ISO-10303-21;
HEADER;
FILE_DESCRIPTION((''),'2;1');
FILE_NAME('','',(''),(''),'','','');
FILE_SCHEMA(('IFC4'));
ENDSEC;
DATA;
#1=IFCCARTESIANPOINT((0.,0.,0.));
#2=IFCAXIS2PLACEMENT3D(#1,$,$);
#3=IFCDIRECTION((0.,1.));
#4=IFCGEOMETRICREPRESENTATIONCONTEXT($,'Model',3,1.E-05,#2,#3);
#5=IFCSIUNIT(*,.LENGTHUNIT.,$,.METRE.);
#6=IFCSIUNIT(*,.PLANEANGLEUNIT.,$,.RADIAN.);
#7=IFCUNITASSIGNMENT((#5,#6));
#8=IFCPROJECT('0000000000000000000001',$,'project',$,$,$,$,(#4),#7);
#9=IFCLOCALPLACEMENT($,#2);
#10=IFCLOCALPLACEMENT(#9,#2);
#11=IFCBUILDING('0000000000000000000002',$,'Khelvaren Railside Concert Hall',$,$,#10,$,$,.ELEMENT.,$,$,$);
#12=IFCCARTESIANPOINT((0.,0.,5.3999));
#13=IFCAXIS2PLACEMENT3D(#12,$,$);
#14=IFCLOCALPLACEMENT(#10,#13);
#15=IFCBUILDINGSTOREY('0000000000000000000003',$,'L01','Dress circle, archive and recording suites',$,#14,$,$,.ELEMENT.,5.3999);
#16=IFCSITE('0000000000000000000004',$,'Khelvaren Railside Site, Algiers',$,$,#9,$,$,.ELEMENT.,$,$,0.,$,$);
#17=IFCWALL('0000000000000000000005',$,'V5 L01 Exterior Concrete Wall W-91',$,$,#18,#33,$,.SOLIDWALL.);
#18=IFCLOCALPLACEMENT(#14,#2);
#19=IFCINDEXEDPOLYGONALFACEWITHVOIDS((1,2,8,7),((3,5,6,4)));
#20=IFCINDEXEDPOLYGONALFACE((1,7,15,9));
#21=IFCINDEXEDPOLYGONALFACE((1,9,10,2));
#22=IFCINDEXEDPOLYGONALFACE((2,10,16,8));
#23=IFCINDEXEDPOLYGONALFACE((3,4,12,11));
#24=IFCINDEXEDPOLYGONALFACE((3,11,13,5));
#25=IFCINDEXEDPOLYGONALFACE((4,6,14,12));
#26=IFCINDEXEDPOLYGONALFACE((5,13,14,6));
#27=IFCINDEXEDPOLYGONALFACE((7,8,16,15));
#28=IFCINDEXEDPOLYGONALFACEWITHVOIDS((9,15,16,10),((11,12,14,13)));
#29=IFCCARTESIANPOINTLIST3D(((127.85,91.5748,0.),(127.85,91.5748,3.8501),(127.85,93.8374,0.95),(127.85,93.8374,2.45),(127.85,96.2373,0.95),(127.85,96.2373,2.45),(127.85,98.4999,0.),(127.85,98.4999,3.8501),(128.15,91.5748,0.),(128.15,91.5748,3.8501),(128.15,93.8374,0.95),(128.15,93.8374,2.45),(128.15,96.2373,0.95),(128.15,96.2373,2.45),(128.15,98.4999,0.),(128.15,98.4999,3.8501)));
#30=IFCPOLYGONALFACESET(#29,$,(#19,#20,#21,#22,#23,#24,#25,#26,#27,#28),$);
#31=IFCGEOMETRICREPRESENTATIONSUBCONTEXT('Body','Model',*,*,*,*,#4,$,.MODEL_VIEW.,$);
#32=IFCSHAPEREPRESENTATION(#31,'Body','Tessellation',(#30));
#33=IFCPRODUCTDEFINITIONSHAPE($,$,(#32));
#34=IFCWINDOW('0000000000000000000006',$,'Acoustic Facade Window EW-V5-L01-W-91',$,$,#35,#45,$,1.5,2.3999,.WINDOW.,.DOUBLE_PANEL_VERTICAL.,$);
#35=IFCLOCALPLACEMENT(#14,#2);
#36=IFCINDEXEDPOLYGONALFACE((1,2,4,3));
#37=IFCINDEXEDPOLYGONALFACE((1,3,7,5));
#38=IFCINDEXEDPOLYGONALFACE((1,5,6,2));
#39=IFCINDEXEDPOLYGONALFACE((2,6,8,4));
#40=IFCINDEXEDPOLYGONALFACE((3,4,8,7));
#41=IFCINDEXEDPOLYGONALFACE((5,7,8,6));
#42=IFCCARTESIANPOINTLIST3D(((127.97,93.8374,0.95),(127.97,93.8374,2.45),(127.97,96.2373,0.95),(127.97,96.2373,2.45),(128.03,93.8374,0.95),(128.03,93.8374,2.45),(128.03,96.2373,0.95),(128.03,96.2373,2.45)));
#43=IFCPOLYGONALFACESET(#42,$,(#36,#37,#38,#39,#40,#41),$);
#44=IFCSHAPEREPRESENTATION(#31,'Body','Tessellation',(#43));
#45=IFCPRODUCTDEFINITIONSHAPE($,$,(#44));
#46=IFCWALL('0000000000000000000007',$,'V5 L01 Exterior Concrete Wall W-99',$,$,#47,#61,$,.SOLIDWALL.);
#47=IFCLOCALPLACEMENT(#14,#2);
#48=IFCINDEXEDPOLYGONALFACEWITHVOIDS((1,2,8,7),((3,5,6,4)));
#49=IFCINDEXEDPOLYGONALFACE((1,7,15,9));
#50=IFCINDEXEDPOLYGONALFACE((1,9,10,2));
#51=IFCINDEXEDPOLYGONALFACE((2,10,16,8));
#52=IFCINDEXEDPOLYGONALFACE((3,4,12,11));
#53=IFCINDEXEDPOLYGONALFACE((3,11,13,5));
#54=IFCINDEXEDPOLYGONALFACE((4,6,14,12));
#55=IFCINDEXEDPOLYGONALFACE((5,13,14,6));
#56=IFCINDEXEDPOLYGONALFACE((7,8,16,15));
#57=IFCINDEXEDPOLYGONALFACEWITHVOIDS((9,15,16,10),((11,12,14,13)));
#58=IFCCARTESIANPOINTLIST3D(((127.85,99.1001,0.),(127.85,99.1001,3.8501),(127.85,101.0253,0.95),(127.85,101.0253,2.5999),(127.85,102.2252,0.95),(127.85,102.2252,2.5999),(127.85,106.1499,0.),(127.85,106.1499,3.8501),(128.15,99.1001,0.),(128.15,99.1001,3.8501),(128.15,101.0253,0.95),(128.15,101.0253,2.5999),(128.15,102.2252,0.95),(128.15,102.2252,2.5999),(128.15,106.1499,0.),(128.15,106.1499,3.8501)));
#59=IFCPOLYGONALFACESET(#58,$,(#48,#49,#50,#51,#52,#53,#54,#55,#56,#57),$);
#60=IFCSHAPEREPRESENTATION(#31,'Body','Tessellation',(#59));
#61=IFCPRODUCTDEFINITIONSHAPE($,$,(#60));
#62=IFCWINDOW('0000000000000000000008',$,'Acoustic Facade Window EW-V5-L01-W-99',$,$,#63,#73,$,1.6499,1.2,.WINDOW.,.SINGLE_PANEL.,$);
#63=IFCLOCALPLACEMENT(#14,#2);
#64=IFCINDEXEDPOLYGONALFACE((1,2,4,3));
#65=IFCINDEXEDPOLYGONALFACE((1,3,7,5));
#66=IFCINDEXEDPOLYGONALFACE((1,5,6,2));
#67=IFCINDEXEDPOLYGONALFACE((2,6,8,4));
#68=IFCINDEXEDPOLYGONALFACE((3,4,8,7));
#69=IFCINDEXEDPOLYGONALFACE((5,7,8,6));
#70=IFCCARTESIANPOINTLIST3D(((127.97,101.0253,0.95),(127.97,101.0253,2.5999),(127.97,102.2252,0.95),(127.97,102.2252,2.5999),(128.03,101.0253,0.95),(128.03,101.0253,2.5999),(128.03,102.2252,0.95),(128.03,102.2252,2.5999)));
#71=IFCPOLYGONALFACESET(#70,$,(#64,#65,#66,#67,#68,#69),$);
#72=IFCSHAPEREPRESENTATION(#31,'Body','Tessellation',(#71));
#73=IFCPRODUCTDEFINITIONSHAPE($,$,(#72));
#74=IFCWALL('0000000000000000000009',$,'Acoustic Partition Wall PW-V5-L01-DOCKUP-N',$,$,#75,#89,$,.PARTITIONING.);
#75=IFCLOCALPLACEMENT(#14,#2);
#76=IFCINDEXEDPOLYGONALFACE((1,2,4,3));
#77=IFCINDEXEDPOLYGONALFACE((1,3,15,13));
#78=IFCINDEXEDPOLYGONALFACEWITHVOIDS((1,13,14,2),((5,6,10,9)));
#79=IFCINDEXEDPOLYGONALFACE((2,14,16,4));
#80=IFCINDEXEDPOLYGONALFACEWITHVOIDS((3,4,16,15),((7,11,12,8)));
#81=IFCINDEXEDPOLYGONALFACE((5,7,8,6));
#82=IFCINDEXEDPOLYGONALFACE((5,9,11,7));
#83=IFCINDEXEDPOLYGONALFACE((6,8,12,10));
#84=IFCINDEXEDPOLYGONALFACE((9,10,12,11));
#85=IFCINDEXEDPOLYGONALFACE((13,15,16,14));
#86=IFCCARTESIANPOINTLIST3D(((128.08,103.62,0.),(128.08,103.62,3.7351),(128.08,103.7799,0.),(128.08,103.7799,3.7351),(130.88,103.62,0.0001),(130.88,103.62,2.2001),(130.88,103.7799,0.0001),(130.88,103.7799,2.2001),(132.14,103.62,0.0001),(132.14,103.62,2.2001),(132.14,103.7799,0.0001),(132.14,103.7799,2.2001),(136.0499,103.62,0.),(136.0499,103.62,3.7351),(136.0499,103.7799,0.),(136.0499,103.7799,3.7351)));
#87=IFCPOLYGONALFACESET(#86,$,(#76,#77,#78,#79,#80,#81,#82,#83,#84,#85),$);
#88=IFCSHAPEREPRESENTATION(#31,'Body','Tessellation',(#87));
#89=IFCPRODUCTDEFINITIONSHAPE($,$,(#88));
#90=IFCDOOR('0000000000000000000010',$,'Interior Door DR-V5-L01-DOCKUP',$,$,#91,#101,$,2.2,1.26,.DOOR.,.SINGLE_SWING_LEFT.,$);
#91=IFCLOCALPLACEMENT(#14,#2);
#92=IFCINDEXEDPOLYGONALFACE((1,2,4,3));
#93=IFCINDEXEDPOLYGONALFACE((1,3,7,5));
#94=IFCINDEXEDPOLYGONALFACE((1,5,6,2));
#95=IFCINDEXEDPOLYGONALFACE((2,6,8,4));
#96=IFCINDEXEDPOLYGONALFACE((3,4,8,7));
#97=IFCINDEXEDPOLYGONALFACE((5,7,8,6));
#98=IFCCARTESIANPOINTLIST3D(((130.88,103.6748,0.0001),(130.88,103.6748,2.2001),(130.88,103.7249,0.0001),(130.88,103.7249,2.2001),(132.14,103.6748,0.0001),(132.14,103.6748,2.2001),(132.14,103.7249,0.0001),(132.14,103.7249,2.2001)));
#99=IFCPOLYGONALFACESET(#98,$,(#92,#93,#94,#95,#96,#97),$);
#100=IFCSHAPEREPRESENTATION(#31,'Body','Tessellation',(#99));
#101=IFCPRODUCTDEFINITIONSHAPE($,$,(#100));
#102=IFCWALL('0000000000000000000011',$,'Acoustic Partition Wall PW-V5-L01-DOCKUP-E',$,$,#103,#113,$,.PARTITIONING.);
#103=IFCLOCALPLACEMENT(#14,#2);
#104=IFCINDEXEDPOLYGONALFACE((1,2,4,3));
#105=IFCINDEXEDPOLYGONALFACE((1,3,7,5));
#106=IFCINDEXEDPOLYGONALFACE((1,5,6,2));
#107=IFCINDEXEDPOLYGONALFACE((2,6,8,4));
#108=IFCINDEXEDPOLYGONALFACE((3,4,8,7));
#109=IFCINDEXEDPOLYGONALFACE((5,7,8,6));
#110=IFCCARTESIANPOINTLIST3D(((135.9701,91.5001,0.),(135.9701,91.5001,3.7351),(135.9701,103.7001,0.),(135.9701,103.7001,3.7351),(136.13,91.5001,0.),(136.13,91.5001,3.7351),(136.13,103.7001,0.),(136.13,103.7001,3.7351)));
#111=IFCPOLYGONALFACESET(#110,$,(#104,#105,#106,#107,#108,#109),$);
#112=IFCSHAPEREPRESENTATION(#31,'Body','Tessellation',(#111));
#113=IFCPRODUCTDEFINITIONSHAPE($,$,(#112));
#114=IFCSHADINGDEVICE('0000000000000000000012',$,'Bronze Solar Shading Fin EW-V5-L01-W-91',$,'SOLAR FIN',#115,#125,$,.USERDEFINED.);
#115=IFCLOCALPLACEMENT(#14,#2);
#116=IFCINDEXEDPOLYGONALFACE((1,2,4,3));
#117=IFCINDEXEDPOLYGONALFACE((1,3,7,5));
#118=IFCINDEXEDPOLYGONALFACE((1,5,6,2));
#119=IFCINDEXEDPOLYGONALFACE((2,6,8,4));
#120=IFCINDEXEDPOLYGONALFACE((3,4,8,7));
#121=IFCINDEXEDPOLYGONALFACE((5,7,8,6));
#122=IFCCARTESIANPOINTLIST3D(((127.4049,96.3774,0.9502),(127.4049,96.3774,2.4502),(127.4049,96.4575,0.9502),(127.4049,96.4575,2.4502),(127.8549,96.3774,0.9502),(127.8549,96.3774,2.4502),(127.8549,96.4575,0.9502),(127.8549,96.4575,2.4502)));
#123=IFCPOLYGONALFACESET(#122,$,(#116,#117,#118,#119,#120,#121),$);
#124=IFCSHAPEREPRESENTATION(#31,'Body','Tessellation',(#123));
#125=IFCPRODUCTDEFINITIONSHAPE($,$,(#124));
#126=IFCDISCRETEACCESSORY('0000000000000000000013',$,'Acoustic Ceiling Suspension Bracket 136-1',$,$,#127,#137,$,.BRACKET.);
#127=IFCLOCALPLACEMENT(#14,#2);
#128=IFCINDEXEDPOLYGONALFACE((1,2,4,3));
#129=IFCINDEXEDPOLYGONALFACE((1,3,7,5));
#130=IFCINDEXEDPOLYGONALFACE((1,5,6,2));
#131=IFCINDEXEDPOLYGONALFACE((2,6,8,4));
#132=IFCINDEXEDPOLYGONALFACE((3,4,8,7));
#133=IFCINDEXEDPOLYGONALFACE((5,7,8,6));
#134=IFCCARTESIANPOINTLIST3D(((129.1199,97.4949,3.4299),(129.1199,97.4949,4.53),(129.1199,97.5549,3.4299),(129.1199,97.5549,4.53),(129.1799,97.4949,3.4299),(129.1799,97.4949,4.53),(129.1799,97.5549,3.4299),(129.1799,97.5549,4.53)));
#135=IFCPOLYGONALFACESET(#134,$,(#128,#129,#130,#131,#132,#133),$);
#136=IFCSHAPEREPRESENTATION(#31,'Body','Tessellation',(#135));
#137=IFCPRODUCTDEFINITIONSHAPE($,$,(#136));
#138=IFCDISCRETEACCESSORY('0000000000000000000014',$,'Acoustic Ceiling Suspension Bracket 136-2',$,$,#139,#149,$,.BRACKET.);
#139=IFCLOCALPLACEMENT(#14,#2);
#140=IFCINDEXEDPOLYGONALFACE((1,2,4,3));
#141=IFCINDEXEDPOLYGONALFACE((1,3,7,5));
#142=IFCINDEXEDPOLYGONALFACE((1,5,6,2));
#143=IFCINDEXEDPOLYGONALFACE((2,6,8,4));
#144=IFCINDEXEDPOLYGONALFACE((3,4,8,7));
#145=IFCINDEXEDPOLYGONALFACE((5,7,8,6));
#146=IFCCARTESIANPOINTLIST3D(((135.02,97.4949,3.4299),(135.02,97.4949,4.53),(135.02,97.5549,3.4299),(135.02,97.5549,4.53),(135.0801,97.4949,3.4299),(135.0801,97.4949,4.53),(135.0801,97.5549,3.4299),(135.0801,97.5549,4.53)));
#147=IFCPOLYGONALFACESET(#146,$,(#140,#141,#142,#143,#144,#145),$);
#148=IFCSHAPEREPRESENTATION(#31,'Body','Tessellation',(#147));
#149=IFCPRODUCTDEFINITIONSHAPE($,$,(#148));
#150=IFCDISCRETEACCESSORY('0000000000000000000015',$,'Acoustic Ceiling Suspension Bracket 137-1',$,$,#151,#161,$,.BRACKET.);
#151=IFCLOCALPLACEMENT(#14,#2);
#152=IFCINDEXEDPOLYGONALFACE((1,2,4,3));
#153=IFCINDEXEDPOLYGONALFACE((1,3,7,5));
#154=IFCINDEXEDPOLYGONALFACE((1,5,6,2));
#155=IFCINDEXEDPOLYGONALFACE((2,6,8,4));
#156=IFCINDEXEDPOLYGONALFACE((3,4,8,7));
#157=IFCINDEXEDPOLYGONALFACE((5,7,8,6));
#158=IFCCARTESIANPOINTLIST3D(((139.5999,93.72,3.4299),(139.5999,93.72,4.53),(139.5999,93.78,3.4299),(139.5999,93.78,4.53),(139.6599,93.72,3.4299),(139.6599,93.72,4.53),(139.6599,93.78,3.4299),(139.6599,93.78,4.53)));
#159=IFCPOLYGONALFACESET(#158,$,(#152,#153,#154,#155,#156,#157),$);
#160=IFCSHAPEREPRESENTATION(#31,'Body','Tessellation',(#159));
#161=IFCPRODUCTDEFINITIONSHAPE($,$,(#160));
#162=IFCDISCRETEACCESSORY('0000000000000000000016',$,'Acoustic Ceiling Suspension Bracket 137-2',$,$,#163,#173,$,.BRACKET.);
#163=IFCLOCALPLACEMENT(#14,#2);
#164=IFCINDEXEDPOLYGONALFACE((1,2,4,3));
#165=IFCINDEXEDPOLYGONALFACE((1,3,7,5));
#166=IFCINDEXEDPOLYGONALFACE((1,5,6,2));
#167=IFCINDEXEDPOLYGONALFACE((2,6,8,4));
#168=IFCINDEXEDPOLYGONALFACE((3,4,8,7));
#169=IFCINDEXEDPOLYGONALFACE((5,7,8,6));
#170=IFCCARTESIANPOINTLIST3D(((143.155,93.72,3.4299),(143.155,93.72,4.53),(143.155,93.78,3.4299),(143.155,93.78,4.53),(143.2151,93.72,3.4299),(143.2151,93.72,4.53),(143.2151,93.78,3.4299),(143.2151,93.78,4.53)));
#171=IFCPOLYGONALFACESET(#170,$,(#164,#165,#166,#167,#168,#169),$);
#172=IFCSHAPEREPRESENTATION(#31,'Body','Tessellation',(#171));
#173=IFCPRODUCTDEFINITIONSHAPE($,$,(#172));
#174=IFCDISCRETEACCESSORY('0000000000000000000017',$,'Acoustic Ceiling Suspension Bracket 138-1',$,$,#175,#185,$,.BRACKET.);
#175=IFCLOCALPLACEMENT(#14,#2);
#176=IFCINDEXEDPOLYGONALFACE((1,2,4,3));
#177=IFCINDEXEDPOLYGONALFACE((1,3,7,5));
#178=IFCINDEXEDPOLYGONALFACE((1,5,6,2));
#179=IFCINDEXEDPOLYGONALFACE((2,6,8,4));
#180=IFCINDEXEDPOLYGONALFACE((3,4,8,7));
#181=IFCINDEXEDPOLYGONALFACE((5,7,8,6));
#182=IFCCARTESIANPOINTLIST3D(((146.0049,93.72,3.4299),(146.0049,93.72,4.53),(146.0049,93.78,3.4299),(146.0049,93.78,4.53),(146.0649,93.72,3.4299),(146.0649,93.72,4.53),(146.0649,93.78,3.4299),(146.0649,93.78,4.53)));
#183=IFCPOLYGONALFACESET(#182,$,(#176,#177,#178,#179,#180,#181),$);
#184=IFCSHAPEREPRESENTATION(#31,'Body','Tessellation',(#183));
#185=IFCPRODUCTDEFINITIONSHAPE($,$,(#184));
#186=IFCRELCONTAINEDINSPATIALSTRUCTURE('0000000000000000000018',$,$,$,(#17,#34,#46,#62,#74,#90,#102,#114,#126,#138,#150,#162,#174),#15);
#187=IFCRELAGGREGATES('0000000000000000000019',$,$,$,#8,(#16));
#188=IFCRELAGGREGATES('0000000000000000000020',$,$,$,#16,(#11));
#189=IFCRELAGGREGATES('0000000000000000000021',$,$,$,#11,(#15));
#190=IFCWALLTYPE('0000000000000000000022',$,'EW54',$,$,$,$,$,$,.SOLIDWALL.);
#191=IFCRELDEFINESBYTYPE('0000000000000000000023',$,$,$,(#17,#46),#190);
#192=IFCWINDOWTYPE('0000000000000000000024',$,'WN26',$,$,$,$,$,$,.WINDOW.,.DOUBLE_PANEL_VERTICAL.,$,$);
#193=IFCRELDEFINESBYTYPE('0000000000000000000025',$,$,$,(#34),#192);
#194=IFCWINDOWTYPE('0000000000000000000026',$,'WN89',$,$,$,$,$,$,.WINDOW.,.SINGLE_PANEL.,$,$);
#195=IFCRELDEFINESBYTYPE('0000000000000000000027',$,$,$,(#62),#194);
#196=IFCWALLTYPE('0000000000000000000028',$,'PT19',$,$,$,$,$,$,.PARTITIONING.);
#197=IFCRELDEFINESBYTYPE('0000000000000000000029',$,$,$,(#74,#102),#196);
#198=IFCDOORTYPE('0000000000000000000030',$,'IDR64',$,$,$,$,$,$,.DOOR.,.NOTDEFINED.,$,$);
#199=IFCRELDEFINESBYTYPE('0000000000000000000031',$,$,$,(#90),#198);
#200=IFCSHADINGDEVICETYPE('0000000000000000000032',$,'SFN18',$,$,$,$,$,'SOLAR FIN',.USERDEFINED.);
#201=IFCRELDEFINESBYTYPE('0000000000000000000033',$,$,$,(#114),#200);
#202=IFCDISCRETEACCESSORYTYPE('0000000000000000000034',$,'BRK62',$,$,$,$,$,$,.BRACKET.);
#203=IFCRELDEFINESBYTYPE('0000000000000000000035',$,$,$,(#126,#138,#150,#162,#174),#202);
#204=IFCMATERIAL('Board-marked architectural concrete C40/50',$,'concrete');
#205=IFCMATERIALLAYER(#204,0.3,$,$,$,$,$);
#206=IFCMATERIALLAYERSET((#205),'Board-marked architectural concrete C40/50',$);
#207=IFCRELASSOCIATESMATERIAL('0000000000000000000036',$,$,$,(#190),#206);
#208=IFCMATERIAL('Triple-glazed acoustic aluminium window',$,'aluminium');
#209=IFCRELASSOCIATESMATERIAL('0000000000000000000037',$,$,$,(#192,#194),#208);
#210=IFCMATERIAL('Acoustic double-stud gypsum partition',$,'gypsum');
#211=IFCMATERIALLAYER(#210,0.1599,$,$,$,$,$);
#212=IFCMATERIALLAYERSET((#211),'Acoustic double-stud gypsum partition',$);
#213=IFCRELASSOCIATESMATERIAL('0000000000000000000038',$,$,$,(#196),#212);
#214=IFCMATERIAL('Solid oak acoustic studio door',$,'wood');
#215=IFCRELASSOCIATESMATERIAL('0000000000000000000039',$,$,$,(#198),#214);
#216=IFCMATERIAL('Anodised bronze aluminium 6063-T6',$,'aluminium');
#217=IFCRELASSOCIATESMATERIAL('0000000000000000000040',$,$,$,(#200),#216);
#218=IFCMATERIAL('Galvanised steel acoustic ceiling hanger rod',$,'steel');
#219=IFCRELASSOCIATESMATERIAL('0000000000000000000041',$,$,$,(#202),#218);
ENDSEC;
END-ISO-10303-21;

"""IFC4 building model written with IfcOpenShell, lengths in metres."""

from ifc_helpers import new_model, si_unit, direction, frame, frame_2d, origin, origin_2d, place, context, subcontext, project, spatial, rectangle, extrude, material, layer, layer_set, type_object, element, fill, save


model = new_model("IFC4")

# Units and contexts
model_context = context("Model", 3, precision=1e-05, world=origin(), true_north=direction((0.0, 1.0)))
body_context = subcontext(model_context, "Body", "Model", "MODEL_VIEW")
ifc_project = project(units=[si_unit("LENGTHUNIT", "METRE"), si_unit("PLANEANGLEUNIT", "RADIAN")], contexts=[model_context])

# Site, building, storey
site_placement = place(None, origin())
site = spatial("IfcSite", under=ifc_project, at=site_placement, Name="Khelvaren Railside Site, Algiers", CompositionType="ELEMENT", RefElevation=0.0)
building_placement = place(site_placement, origin())
building = spatial("IfcBuilding", under=site, at=building_placement, Name="Khelvaren Railside Concert Hall", CompositionType="ELEMENT")
storey_placement = place(building_placement, frame((0.0, 0.0, 5.3999)))
storey = spatial("IfcBuildingStorey", under=building, at=storey_placement, Name="L01", Description="Dress circle, archive and recording suites", CompositionType="ELEMENT", Elevation=5.3999)

# Walls, openings, windows
ifc_material_1 = material(Name="Board-marked architectural concrete C40/50", Category="concrete")
ifc_layer_1 = layer(ifc_material_1, 0.3)
ifc_layer_set_1 = layer_set([ifc_layer_1], Name="Board-marked architectural concrete C40/50")
wall_type_1 = type_object("IfcWallType", Name="EW54", PredefinedType="SOLIDWALL", material=ifc_layer_set_1)
wall_1_placement = place(storey_placement, frame((128.0, 91.575, 0.0), z_axis=(0.0, 0.0, 1.0), x_axis=(0.0, 1.0, 0.0)))
wall_1 = element("IfcWall", 1, at=wall_1_placement, inside=storey, type_object=wall_type_1, Name="V5 L01 Exterior Concrete Wall W-91", PredefinedType="SOLIDWALL", context=body_context, shape_type="SweptSolid", body=[
    extrude(rectangle(XDim=6.925, YDim=0.3, at=frame_2d((3.4624, 0.0))), origin(), (0.0, 0.0, 1.0), 3.8501),
])
opening_1_placement = place(wall_1_placement, frame((2.2625, 0.0, 0.95)))
opening_1 = element("IfcOpeningElement", 2, at=opening_1_placement, cuts=wall_1, PredefinedType="OPENING", context=body_context, shape_type="SweptSolid", body=[
    extrude(rectangle(XDim=2.3999, YDim=1.5, at=frame_2d((1.2, 0.75))), frame((0.0, 0.1599, 0.0), z_axis=(0.0, -1.0, 0.0), x_axis=(1.0, 0.0, 0.0)), (0.0, 0.0, 1.0), 0.3201),
])
ifc_material_2 = material(Name="Triple-glazed acoustic aluminium window", Category="aluminium")
window_type_1 = type_object("IfcWindowType", Name="WN26", PartitioningType="DOUBLE_PANEL_VERTICAL", PredefinedType="WINDOW", material=ifc_material_2)
window_1_placement = place(opening_1_placement, origin())
window_1 = element("IfcWindow", 3, at=window_1_placement, inside=storey, type_object=window_type_1, Name="Acoustic Facade Window EW-V5-L01-W-91", OverallHeight=1.5, OverallWidth=2.3999, PartitioningType="DOUBLE_PANEL_VERTICAL", PredefinedType="WINDOW", context=body_context, shape_type="SweptSolid", body=[
    extrude(rectangle(XDim=2.3999, YDim=1.5, at=frame_2d((1.2, 0.75))), frame((0.0, 0.03, 0.0), z_axis=(0.0, -1.0, 0.0), x_axis=(1.0, 0.0, 0.0)), (0.0, 0.0, 1.0), 0.0601),
])
fill(opening_1, window_1)
wall_2_placement = place(storey_placement, frame((128.0, 99.1001, 0.0), z_axis=(0.0, 0.0, 1.0), x_axis=(0.0, 1.0, 0.0)))
wall_2 = element("IfcWall", 4, at=wall_2_placement, inside=storey, type_object=wall_type_1, Name="V5 L01 Exterior Concrete Wall W-99", PredefinedType="SOLIDWALL", context=body_context, shape_type="SweptSolid", body=[
    extrude(rectangle(XDim=7.0498, YDim=0.3, at=frame_2d((3.5249, 0.0))), origin(), (0.0, 0.0, 1.0), 3.8501),
])
opening_2_placement = place(wall_2_placement, frame((1.925, 0.0, 0.95)))
opening_2 = element("IfcOpeningElement", 5, at=opening_2_placement, cuts=wall_2, PredefinedType="OPENING", context=body_context, shape_type="SweptSolid", body=[
    extrude(rectangle(XDim=1.2, YDim=1.6499, at=frame_2d((0.6001, 0.825))), frame((0.0, 0.1599, 0.0), z_axis=(0.0, -1.0, 0.0), x_axis=(1.0, 0.0, 0.0)), (0.0, 0.0, 1.0), 0.3201),
])
window_type_2 = type_object("IfcWindowType", Name="WN89", PartitioningType="SINGLE_PANEL", PredefinedType="WINDOW", material=ifc_material_2)
window_2_placement = place(opening_2_placement, origin())
window_2 = element("IfcWindow", 6, at=window_2_placement, inside=storey, type_object=window_type_2, Name="Acoustic Facade Window EW-V5-L01-W-99", OverallHeight=1.6499, OverallWidth=1.2, PartitioningType="SINGLE_PANEL", PredefinedType="WINDOW", context=body_context, shape_type="SweptSolid", body=[
    extrude(rectangle(XDim=1.2, YDim=1.6499, at=frame_2d((0.6001, 0.825))), frame((0.0, 0.03, 0.0), z_axis=(0.0, -1.0, 0.0), x_axis=(1.0, 0.0, 0.0)), (0.0, 0.0, 1.0), 0.0601),
])
fill(opening_2, window_2)

# Wall, opening, door
ifc_material_3 = material(Name="Acoustic double-stud gypsum partition", Category="gypsum")
ifc_layer_2 = layer(ifc_material_3, 0.1599)
ifc_layer_set_2 = layer_set([ifc_layer_2], Name="Acoustic double-stud gypsum partition")
wall_type_2 = type_object("IfcWallType", Name="PT19", PredefinedType="PARTITIONING", material=ifc_layer_set_2)
wall_3_placement = place(storey_placement, frame((128.0801, 103.7, 0.0), z_axis=(0.0, 0.0, 1.0), x_axis=(1.0, 0.0, 0.0)))
wall_3 = element("IfcWall", 7, at=wall_3_placement, inside=storey, type_object=wall_type_2, Name="Acoustic Partition Wall PW-V5-L01-DOCKUP-N", PredefinedType="PARTITIONING", context=body_context, shape_type="SweptSolid", body=[
    extrude(rectangle(XDim=7.97, YDim=0.1599, at=frame_2d((3.9849, 0.0))), origin(), (0.0, 0.0, 1.0), 3.7351),
])
opening_3_placement = place(wall_3_placement, frame((2.8, 0.0, 0.0)))
opening_3 = element("IfcOpeningElement", 8, at=opening_3_placement, cuts=wall_3, PredefinedType="OPENING", context=body_context, shape_type="SweptSolid", body=[
    extrude(rectangle(XDim=1.26, YDim=2.2, at=frame_2d((0.6299, 1.1001))), frame((0.0, 0.0898, 0.0), z_axis=(0.0, -1.0, 0.0), x_axis=(1.0, 0.0, 0.0)), (0.0, 0.0, 1.0), 0.1799),
])
ifc_material_4 = material(Name="Solid oak acoustic studio door", Category="wood")
door_type = type_object("IfcDoorType", Name="IDR64", OperationType="NOTDEFINED", PredefinedType="DOOR", material=ifc_material_4)
door_placement = place(opening_3_placement, origin())
door = element("IfcDoor", 9, at=door_placement, inside=storey, type_object=door_type, Name="Interior Door DR-V5-L01-DOCKUP", OperationType="SINGLE_SWING_LEFT", OverallHeight=2.2, OverallWidth=1.26, PredefinedType="DOOR", context=body_context, shape_type="SweptSolid", body=[
    extrude(rectangle(XDim=1.26, YDim=2.2, at=frame_2d((0.6299, 1.1001))), frame((0.0, 0.0249, 0.0), z_axis=(0.0, -1.0, 0.0), x_axis=(1.0, 0.0, 0.0)), (0.0, 0.0, 1.0), 0.05),
])
fill(opening_3, door)

# Wall
wall_4_placement = place(storey_placement, frame((136.05, 91.5, 0.0), z_axis=(0.0, 0.0, 1.0), x_axis=(0.0, 1.0, 0.0)))
element("IfcWall", 10, at=wall_4_placement, inside=storey, type_object=wall_type_2, Name="Acoustic Partition Wall PW-V5-L01-DOCKUP-E", PredefinedType="PARTITIONING", context=body_context, shape_type="SweptSolid", body=[
    extrude(rectangle(XDim=12.2, YDim=0.1599, at=frame_2d((6.1001, 0.0))), origin(), (0.0, 0.0, 1.0), 3.7351),
])

# Shading device
ifc_material_5 = material(Name="Anodised bronze aluminium 6063-T6", Category="aluminium")
shading_device_type = type_object("IfcShadingDeviceType", Name="SFN18", ElementType="SOLAR FIN", PredefinedType="USERDEFINED", material=ifc_material_5)
shading_device_placement = place(storey_placement, frame((127.6299, 96.4175, 0.9502), z_axis=(0.0, 0.0, 1.0), x_axis=(0.0, 1.0, 0.0)))
element("IfcShadingDevice", 11, at=shading_device_placement, inside=storey, type_object=shading_device_type, Name="Bronze Solar Shading Fin EW-V5-L01-W-91", ObjectType="SOLAR FIN", PredefinedType="USERDEFINED", context=body_context, shape_type="SweptSolid", body=[
    extrude(rectangle(XDim=0.0801, YDim=0.45, at=origin_2d()), origin(), (0.0, 0.0, 1.0), 1.5),
])

# Discrete accessories
ifc_material_6 = material(Name="Galvanised steel acoustic ceiling hanger rod", Category="steel")
discrete_accessory_type_1 = type_object("IfcDiscreteAccessoryType", Name="BRK62", PredefinedType="BRACKET", material=ifc_material_6)
for number, where, z_axis, x_axis, name in (
    (12, (129.1499, 97.5249, 3.4299), (0.0, 0.0, 1.0), (1.0, 0.0, 0.0), "Acoustic Ceiling Suspension Bracket 136-1"),
    (13, (135.05, 97.5249, 3.4299), (0.0, 0.0, 1.0), (1.0, 0.0, 0.0), "Acoustic Ceiling Suspension Bracket 136-2"),
    (14, (139.6299, 93.75, 3.4299), (0.0, 0.0, 1.0), (1.0, 0.0, 0.0), "Acoustic Ceiling Suspension Bracket 137-1"),
    (15, (143.1851, 93.75, 3.4299), (0.0, 0.0, 1.0), (1.0, 0.0, 0.0), "Acoustic Ceiling Suspension Bracket 137-2"),
    (16, (146.0349, 93.75, 3.4299), (0.0, 0.0, 1.0), (1.0, 0.0, 0.0), "Acoustic Ceiling Suspension Bracket 138-1"),
):
    element("IfcDiscreteAccessory", number, at=place(storey_placement, frame(where, z_axis=z_axis, x_axis=x_axis)), inside=storey, type_object=discrete_accessory_type_1, Name=name, PredefinedType="BRACKET", context=body_context, shape_type="SweptSolid", body=[
        extrude(rectangle(XDim=0.0601, YDim=0.0601, at=origin_2d()), origin(), (0.0, 0.0, 1.0), 1.1001),
    ])

save(model, "model.ifc")
